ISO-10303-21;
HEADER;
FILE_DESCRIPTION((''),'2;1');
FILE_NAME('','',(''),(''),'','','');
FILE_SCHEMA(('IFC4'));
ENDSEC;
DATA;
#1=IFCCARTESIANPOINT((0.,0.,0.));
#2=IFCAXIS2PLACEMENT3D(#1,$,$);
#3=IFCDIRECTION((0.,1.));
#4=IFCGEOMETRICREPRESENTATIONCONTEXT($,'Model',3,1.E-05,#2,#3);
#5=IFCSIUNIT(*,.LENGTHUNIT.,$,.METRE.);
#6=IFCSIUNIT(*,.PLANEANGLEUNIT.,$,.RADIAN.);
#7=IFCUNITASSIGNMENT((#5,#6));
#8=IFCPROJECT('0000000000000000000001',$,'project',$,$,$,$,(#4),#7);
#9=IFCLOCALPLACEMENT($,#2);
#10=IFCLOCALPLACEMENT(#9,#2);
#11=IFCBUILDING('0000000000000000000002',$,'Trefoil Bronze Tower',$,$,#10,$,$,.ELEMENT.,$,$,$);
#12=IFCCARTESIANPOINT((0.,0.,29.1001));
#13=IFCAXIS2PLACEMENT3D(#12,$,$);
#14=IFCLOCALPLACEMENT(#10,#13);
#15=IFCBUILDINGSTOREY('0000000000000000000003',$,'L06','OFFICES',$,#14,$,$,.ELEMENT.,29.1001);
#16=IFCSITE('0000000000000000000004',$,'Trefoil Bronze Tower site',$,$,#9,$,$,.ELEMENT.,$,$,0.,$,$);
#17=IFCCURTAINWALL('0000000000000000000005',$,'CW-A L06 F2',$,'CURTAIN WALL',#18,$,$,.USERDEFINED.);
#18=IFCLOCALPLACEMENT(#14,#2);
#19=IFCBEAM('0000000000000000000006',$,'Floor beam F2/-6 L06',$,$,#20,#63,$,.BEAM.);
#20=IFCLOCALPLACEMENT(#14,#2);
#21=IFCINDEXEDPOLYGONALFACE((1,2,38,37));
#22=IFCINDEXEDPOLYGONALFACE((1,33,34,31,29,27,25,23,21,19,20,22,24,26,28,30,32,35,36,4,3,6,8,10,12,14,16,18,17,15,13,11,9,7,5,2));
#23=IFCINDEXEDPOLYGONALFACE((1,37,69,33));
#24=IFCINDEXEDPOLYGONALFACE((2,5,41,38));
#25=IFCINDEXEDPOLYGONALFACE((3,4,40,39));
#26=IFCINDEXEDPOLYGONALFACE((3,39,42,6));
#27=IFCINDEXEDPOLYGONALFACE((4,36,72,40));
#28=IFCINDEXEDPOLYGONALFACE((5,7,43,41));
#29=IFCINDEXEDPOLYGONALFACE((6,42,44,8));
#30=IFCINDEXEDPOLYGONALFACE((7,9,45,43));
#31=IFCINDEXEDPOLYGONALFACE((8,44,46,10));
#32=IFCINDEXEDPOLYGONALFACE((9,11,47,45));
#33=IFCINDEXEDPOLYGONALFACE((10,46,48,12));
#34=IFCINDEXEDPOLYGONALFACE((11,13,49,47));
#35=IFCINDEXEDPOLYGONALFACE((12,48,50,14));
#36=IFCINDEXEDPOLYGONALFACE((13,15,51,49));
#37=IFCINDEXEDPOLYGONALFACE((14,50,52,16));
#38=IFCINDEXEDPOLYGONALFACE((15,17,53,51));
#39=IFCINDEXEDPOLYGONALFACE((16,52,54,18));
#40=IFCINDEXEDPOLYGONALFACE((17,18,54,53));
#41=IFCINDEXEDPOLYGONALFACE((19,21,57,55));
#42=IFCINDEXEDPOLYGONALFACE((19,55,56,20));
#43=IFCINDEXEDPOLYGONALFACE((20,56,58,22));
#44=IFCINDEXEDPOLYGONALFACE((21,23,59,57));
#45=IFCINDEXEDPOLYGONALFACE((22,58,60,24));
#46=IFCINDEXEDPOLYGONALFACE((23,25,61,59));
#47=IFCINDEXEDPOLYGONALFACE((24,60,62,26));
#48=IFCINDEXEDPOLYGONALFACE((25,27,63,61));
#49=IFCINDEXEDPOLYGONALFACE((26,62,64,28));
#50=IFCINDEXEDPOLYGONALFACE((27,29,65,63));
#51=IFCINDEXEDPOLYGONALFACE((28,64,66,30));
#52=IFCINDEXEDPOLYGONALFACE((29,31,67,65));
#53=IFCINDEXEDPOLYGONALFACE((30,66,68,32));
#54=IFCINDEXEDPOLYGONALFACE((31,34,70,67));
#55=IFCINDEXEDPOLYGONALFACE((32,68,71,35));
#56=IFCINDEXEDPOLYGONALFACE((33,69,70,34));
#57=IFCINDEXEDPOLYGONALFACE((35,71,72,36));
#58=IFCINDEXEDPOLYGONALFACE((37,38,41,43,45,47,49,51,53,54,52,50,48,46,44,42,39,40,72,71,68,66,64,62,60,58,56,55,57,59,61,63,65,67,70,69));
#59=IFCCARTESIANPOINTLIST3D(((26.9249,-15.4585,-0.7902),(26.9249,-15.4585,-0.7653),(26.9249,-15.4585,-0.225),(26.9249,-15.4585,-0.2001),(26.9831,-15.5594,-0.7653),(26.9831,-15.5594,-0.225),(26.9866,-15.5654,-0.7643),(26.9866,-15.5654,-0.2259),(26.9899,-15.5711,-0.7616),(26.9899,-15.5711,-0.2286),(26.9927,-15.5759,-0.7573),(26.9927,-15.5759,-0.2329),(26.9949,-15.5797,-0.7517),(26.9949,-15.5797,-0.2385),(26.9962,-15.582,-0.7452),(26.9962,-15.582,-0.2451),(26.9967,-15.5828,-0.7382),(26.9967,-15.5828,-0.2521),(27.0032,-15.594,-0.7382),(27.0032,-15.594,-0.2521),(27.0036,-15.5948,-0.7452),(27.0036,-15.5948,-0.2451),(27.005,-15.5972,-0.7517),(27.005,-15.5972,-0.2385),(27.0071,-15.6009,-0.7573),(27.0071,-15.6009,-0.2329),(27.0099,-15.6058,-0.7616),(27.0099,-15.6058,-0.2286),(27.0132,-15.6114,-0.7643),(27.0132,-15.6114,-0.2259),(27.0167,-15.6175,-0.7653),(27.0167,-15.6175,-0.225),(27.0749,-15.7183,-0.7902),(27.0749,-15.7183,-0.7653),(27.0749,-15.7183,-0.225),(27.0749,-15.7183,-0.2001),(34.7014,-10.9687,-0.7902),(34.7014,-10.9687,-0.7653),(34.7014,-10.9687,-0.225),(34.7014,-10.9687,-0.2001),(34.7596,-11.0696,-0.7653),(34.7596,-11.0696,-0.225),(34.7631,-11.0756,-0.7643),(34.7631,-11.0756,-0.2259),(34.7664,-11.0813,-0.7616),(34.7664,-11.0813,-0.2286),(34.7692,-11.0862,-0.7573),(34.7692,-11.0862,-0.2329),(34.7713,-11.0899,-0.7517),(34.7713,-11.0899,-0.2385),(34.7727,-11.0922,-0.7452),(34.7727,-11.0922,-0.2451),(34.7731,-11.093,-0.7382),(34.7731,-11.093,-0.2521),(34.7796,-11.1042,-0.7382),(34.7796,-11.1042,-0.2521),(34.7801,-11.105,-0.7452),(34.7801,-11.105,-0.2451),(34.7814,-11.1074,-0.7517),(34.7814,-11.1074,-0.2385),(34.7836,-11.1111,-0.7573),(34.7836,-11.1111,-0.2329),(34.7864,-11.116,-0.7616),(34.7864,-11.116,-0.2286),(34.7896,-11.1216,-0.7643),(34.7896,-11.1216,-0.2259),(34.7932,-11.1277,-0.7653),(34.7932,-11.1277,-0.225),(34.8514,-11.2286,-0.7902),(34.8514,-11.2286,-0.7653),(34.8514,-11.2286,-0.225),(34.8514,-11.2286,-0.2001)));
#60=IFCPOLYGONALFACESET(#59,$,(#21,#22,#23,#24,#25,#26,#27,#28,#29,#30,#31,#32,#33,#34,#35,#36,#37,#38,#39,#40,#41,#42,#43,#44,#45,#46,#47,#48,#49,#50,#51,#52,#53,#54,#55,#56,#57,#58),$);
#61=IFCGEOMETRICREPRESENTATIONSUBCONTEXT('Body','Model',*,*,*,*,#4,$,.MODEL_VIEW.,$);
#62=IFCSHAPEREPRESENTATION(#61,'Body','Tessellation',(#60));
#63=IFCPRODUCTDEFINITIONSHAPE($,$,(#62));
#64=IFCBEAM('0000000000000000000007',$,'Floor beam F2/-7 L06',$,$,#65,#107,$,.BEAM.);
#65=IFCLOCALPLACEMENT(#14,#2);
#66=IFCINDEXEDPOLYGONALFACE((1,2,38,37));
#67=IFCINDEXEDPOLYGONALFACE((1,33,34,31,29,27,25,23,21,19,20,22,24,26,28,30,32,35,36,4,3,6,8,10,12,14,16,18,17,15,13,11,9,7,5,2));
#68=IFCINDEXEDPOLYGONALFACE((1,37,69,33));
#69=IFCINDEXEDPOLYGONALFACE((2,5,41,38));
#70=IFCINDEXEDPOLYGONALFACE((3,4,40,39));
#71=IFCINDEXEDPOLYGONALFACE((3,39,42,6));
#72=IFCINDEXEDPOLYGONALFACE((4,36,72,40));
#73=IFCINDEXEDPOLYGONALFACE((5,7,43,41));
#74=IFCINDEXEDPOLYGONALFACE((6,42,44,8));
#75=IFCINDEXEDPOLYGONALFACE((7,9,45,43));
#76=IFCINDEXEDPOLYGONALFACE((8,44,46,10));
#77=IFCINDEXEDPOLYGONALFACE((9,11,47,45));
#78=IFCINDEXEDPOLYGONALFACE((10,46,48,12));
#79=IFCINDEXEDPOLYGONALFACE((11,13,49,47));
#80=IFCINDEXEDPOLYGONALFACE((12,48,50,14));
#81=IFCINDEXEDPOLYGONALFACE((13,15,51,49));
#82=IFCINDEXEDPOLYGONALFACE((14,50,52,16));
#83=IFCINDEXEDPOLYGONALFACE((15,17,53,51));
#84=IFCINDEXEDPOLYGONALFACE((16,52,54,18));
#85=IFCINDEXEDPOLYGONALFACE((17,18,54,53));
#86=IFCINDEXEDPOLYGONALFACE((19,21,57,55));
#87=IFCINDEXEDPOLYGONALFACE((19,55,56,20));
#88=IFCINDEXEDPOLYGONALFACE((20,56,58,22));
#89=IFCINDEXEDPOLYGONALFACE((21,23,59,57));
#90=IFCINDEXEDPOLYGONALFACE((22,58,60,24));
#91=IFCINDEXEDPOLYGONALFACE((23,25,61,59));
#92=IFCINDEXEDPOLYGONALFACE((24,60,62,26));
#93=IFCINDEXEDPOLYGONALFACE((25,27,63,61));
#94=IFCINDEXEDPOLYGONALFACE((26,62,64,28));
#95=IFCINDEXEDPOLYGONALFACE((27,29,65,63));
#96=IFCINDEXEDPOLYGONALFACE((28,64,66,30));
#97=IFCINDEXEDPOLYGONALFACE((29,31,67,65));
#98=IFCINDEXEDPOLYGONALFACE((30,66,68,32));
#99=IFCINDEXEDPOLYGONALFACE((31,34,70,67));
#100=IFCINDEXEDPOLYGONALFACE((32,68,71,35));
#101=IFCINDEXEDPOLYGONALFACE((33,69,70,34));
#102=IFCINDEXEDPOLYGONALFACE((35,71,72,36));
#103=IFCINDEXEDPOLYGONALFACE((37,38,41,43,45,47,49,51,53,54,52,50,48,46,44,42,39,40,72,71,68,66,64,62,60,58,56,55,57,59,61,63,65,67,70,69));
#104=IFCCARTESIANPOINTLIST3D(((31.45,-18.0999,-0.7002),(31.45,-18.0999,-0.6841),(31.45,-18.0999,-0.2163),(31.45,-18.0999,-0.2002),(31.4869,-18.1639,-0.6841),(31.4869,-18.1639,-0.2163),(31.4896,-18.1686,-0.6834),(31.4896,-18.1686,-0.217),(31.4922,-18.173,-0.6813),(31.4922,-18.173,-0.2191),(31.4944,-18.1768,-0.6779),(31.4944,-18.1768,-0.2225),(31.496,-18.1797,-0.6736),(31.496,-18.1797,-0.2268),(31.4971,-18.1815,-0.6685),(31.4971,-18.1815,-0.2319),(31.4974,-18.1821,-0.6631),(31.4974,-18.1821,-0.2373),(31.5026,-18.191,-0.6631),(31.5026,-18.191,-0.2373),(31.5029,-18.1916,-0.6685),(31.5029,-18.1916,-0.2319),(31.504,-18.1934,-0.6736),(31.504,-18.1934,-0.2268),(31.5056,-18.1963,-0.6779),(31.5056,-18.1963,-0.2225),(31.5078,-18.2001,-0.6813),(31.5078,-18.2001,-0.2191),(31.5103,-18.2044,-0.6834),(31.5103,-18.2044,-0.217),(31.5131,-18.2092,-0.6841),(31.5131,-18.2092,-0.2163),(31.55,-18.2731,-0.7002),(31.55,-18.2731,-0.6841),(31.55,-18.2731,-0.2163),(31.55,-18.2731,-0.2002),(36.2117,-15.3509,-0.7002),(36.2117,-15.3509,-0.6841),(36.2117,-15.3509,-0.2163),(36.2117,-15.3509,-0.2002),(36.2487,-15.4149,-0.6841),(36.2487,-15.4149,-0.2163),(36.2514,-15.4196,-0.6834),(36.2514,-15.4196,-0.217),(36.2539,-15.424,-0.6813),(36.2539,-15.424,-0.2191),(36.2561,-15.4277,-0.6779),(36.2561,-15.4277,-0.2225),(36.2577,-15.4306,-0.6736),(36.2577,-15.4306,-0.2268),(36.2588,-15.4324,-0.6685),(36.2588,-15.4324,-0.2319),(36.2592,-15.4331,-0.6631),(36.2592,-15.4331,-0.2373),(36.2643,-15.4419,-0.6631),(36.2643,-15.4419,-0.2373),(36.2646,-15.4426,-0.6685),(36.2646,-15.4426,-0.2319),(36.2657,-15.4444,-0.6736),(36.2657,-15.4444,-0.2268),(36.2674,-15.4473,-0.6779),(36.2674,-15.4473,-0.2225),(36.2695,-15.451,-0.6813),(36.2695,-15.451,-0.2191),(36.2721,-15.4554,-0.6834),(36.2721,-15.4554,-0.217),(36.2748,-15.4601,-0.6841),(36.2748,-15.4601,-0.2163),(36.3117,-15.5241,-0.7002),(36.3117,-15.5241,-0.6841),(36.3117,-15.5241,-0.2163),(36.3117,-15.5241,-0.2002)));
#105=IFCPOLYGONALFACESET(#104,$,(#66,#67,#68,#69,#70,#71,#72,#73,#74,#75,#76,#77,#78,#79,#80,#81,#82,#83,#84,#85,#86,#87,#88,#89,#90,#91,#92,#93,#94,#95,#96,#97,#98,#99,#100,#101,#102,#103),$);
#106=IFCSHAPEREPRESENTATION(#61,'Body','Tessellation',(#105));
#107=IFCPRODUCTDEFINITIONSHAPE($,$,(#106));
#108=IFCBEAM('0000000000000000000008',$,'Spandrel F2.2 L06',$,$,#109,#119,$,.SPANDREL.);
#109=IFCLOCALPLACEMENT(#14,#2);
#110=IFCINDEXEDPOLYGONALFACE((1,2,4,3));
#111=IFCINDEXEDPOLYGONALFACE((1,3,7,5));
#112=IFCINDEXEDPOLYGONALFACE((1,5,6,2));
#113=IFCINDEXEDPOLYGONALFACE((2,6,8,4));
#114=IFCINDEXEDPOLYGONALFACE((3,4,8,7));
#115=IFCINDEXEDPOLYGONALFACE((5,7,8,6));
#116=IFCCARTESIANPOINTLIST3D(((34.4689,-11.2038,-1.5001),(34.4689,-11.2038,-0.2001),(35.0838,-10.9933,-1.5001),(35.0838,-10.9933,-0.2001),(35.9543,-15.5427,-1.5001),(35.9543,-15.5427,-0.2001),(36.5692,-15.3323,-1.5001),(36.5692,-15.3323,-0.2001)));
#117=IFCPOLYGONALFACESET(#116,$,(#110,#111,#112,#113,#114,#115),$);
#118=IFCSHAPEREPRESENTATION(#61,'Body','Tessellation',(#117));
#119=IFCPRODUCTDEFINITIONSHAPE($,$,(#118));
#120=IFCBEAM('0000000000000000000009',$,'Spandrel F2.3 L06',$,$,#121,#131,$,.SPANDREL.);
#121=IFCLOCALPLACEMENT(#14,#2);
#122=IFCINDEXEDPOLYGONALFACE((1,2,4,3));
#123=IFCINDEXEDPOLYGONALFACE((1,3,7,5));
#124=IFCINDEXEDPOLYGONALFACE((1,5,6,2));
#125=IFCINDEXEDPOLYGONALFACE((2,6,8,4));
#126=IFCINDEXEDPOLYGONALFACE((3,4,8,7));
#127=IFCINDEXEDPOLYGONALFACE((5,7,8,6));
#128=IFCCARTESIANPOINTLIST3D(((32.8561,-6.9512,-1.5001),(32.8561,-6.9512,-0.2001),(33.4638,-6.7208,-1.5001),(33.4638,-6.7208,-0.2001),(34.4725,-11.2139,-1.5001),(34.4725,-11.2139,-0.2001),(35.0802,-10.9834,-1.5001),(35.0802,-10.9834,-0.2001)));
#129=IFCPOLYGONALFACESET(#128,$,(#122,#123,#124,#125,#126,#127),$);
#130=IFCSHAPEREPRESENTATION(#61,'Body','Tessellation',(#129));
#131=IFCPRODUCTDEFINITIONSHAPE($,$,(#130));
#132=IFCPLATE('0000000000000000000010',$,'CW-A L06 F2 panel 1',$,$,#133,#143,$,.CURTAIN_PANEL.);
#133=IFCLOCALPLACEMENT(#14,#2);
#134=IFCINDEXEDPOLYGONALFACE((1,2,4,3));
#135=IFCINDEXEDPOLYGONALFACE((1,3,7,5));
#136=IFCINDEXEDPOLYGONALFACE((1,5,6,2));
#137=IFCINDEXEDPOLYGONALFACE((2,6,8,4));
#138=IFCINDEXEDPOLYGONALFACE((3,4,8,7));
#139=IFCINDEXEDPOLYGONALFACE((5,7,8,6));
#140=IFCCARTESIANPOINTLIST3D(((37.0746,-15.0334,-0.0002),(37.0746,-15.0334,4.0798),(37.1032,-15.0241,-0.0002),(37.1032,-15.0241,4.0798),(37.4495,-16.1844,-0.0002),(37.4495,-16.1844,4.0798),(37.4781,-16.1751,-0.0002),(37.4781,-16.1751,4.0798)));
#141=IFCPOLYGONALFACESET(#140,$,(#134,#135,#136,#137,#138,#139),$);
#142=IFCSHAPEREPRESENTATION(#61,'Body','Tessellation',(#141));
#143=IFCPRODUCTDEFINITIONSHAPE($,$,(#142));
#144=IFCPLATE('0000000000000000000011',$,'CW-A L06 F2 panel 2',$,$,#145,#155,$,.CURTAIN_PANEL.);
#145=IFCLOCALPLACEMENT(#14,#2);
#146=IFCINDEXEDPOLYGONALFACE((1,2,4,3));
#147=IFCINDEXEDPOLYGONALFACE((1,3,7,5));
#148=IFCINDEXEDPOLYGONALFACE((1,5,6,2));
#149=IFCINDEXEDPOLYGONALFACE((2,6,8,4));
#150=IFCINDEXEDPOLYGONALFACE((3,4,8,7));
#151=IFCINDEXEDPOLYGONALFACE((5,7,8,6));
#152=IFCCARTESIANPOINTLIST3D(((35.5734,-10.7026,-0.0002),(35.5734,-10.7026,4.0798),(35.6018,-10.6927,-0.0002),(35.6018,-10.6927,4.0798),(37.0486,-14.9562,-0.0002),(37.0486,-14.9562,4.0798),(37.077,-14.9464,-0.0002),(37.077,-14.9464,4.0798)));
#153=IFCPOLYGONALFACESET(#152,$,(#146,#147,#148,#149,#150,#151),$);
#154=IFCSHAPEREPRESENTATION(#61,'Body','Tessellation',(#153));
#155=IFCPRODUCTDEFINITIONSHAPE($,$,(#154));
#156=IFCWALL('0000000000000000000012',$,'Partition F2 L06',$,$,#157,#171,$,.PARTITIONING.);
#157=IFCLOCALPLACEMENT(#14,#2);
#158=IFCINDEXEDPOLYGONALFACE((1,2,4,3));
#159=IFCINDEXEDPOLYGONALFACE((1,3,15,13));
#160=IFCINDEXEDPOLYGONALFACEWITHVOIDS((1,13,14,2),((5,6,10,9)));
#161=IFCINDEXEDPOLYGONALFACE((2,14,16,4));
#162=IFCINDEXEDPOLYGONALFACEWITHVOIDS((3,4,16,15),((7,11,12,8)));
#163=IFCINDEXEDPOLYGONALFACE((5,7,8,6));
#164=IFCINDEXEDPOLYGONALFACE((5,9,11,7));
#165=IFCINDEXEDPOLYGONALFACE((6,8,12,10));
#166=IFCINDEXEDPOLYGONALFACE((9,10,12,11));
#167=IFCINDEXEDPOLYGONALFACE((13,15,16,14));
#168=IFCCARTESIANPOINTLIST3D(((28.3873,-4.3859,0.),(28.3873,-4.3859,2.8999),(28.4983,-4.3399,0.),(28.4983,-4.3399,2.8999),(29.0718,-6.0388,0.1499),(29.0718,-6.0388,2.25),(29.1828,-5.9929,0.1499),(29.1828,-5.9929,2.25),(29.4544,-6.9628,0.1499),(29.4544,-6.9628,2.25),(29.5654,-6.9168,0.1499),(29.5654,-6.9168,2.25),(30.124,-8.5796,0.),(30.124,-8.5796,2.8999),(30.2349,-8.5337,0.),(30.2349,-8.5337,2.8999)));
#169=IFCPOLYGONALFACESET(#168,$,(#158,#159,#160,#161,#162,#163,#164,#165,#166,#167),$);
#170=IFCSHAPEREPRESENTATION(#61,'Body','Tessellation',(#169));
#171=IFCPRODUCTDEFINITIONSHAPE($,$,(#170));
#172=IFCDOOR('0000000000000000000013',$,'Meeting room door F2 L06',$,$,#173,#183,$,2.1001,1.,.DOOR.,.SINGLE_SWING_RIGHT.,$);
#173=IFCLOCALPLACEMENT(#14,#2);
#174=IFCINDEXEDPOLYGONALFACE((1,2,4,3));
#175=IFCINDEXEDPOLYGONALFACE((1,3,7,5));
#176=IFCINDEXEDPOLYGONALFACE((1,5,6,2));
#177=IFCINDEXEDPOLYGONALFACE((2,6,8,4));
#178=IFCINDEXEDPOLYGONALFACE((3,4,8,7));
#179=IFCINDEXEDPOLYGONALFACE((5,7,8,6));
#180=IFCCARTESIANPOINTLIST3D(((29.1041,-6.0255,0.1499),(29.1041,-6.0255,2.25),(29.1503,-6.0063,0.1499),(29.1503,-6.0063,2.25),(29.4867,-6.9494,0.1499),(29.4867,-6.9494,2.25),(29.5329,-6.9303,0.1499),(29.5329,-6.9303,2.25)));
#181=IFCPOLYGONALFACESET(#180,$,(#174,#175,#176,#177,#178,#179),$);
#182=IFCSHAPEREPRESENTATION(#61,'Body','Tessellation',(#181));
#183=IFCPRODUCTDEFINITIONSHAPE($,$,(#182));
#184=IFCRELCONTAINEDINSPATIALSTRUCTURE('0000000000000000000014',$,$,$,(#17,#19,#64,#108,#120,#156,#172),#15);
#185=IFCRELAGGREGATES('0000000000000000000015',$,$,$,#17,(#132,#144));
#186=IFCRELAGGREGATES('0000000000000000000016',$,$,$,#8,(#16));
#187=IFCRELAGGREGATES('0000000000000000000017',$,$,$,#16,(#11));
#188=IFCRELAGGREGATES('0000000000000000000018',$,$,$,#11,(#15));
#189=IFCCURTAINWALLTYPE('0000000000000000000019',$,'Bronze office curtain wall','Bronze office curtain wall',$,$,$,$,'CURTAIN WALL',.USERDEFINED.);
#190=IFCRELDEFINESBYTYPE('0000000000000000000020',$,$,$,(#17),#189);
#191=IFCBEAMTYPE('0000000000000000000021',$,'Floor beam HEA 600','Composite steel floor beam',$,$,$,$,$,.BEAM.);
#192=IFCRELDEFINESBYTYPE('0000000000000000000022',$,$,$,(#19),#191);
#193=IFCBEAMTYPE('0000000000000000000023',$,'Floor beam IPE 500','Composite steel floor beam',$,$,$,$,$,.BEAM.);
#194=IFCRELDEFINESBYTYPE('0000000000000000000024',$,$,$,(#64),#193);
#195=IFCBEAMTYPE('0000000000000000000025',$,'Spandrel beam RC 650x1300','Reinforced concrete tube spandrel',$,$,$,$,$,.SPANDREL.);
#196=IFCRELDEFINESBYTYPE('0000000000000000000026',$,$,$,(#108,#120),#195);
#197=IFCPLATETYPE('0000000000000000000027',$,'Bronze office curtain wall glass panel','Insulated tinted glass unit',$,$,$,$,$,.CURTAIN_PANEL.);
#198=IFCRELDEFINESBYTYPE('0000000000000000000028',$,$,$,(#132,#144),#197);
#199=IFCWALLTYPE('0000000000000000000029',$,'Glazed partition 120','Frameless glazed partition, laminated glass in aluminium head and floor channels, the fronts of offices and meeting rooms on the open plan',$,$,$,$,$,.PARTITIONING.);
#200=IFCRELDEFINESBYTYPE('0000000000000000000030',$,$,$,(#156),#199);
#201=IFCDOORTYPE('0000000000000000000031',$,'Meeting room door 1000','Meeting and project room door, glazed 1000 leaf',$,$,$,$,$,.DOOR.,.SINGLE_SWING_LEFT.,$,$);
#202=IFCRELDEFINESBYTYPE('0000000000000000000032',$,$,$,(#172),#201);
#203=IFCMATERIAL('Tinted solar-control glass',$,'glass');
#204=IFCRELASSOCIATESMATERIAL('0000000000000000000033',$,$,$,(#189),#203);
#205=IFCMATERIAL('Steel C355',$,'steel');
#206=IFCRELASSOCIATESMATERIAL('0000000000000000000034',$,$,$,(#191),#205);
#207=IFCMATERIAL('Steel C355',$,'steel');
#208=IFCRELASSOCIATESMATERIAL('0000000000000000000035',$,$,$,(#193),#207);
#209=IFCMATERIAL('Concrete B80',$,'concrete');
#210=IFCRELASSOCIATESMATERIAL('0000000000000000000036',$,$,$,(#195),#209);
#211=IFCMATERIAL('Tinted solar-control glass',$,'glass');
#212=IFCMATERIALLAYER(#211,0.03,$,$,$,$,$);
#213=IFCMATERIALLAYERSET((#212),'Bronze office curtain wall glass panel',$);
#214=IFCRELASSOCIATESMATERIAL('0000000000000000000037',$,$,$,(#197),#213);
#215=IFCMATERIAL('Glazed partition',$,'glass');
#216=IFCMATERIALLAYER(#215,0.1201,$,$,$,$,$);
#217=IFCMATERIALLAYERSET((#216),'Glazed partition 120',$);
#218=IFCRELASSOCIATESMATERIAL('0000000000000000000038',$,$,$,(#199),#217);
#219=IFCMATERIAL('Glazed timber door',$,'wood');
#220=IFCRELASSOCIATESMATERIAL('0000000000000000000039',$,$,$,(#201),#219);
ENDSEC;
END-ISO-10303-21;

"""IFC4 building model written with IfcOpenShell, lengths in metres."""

from ifc_helpers import new_model, si_unit, direction, frame, frame_2d, origin, origin_2d, place, context, subcontext, project, spatial, rectangle, i_section, extrude, material, layer, layer_set, material_profile, profile_set, type_object, element, fill, aggregate, save


model = new_model("IFC4")

# Units and contexts
model_context = context("Model", 3, precision=1e-05, world=origin(), true_north=direction((0.0, 1.0)))
body_context = subcontext(model_context, "Body", "Model", "MODEL_VIEW")
ifc_project = project(units=[si_unit("LENGTHUNIT", "METRE"), si_unit("PLANEANGLEUNIT", "RADIAN")], contexts=[model_context])

# Site, building, storey
site_placement = place(None, origin())
site = spatial("IfcSite", under=ifc_project, at=site_placement, Name="Trefoil Bronze Tower site", CompositionType="ELEMENT", RefElevation=0.0)
building_placement = place(site_placement, origin())
building = spatial("IfcBuilding", under=site, at=building_placement, Name="Trefoil Bronze Tower", CompositionType="ELEMENT")
storey_placement = place(building_placement, frame((0.0, 0.0, 29.1001)))
storey = spatial("IfcBuildingStorey", under=building, at=storey_placement, Name="L06", Description="OFFICES", CompositionType="ELEMENT", Elevation=29.1001)

# Curtain wall
ifc_material_1 = material(Name="Tinted solar-control glass", Category="glass")
curtain_wall_type_1 = type_object("IfcCurtainWallType", Name="Bronze office curtain wall", Description="Bronze office curtain wall", ElementType="CURTAIN WALL", PredefinedType="USERDEFINED", material=ifc_material_1)
curtain_wall_1_placement = place(storey_placement, origin())
curtain_wall_1 = element("IfcCurtainWall", 1, at=curtain_wall_1_placement, inside=storey, type_object=curtain_wall_type_1, Name="CW-A L06 F2", ObjectType="CURTAIN WALL", PredefinedType="USERDEFINED")

# Beams
ifc_material_2 = material(Name="Steel C355", Category="steel")
ifc_material_profile_1 = material_profile(ifc_material_2, i_section(OverallWidth=0.3, OverallDepth=0.5901, WebThickness=0.0129, FlangeThickness=0.0249, FilletRadius=0.0271, at=origin_2d()), Name="HEA 600")
ifc_profile_set_1 = profile_set([ifc_material_profile_1], Name="Steel C355")
beam_type_1 = type_object("IfcBeamType", Name="Floor beam HEA 600", Description="Composite steel floor beam", PredefinedType="BEAM", material=ifc_profile_set_1)
beam_1_placement = place(storey_placement, frame((34.7764, -11.0986, -0.4951), z_axis=(-0.866023, -0.500005, 0.0), x_axis=(0.500005, -0.866023, 0.0)))
element("IfcBeam", 2, at=beam_1_placement, inside=storey, type_object=beam_type_1, Name="Floor beam F2/-6 L06", PredefinedType="BEAM", context=body_context, shape_type="SweptSolid", body=[
    extrude(i_section(OverallWidth=0.3, OverallDepth=0.5901, WebThickness=0.0129, FlangeThickness=0.0249, FilletRadius=0.0271, at=origin_2d()), origin(), (0.0, 0.0, 1.0), 8.9795),
])
ifc_material_3 = material(Name="Steel C355", Category="steel")
ifc_material_profile_2 = material_profile(ifc_material_3, i_section(OverallWidth=0.2, OverallDepth=0.5, WebThickness=0.0103, FlangeThickness=0.0161, FilletRadius=0.021, at=origin_2d()), Name="IPE 500")
ifc_profile_set_2 = profile_set([ifc_material_profile_2], Name="Steel C355")
beam_type_2 = type_object("IfcBeamType", Name="Floor beam IPE 500", Description="Composite steel floor beam", PredefinedType="BEAM", material=ifc_profile_set_2)
beam_2_placement = place(storey_placement, frame((36.2617, -15.4375, -0.4502), z_axis=(-0.866038, -0.499979, 0.0), x_axis=(0.499979, -0.866038, 0.0)))
element("IfcBeam", 3, at=beam_2_placement, inside=storey, type_object=beam_type_2, Name="Floor beam F2/-7 L06", PredefinedType="BEAM", context=body_context, shape_type="SweptSolid", body=[
    extrude(i_section(OverallWidth=0.2, OverallDepth=0.5, WebThickness=0.0103, FlangeThickness=0.0161, FilletRadius=0.021, at=origin_2d()), origin(), (0.0, 0.0, 1.0), 5.4983),
])
ifc_material_4 = material(Name="Concrete B80", Category="concrete")
ifc_material_profile_3 = material_profile(ifc_material_4, rectangle(XDim=0.6499, YDim=1.3, at=origin_2d()), Name="RC 650x1300")
ifc_profile_set_3 = profile_set([ifc_material_profile_3], Name="Concrete B80")
beam_type_3 = type_object("IfcBeamType", Name="Spandrel beam RC 650x1300", Description="Reinforced concrete tube spandrel", PredefinedType="SPANDREL", material=ifc_profile_set_3)
beam_3_placement = place(storey_placement, frame((36.2617, -15.4375, -0.8501), z_axis=(-0.323883, 0.946097, 0.0), x_axis=(-0.946097, -0.323883, 0.0)))
element("IfcBeam", 4, at=beam_3_placement, inside=storey, type_object=beam_type_3, Name="Spandrel F2.2 L06", PredefinedType="SPANDREL", context=body_context, shape_type="SweptSolid", body=[
    extrude(rectangle(XDim=0.6499, YDim=1.3, at=origin_2d()), origin(), (0.0, 0.0, 1.0), 4.5862),
])
beam_4_placement = place(storey_placement, frame((34.7764, -11.0986, -0.8501), z_axis=(-0.354572, 0.935029, 0.0), x_axis=(-0.935029, -0.354572, 0.0)))
element("IfcBeam", 5, at=beam_4_placement, inside=storey, type_object=beam_type_3, Name="Spandrel F2.3 L06", PredefinedType="SPANDREL", context=body_context, shape_type="SweptSolid", body=[
    extrude(rectangle(XDim=0.6499, YDim=1.3, at=origin_2d()), origin(), (0.0, 0.0, 1.0), 4.5588),
])

# Plates
ifc_material_5 = material(Name="Tinted solar-control glass", Category="glass")
ifc_layer_1 = layer(ifc_material_5, 0.03)
ifc_layer_set_1 = layer_set([ifc_layer_1], Name="Bronze office curtain wall glass panel")
plate_type = type_object("IfcPlateType", Name="Bronze office curtain wall glass panel", Description="Insulated tinted glass unit", PredefinedType="CURTAIN_PANEL", material=ifc_layer_set_1)
plate_1_placement = place(storey_placement, frame((37.2764, -15.6042, -0.0002), z_axis=(0.0, 0.0, 1.0), x_axis=(-0.309728, 0.950825, 0.0)))
plate_1 = element("IfcPlate", 6, at=plate_1_placement, type_object=plate_type, Name="CW-A L06 F2 panel 1", PredefinedType="CURTAIN_PANEL", context=body_context, shape_type="SweptSolid", body=[
    extrude(rectangle(XDim=1.2104, YDim=0.03, at=origin_2d()), origin(), (0.0, 0.0, 1.0), 4.0801),
])
plate_2_placement = place(storey_placement, frame((36.3252, -12.8245, -0.0002), z_axis=(0.0, 0.0, 1.0), x_axis=(-0.327674, 0.944791, 0.0)))
plate_2 = element("IfcPlate", 7, at=plate_2_placement, type_object=plate_type, Name="CW-A L06 F2 panel 2", PredefinedType="CURTAIN_PANEL", context=body_context, shape_type="SweptSolid", body=[
    extrude(rectangle(XDim=4.5022, YDim=0.03, at=origin_2d()), origin(), (0.0, 0.0, 1.0), 4.0801),
])
aggregate(curtain_wall_1, [plate_1, plate_2])

# Wall, opening, door
ifc_material_6 = material(Name="Glazed partition", Category="glass")
ifc_layer_2 = layer(ifc_material_6, 0.1201)
ifc_layer_set_2 = layer_set([ifc_layer_2], Name="Glazed partition 120")
wall_type = type_object("IfcWallType", Name="Glazed partition 120", Description="Frameless glazed partition, laminated glass in aluminium head and floor channels, the fronts of offices and meeting rooms on the open plan", PredefinedType="PARTITIONING", material=ifc_layer_set_2)
wall_1_placement = place(storey_placement, frame((30.1794, -8.5566, 0.0), z_axis=(0.0, 0.0, 1.0), x_axis=(-0.382594, 0.923917, 0.0)))
wall_1 = element("IfcWall", 8, at=wall_1_placement, inside=storey, type_object=wall_type, Name="Partition F2 L06", PredefinedType="PARTITIONING", context=body_context, shape_type="SweptSolid", body=[
    extrude(rectangle(XDim=4.5391, YDim=0.1201, at=frame_2d((2.2695, 0.0))), origin(), (0.0, 0.0, 1.0), 2.8999),
])
opening_placement = place(wall_1_placement, frame((1.75, 0.0, 0.1499)))
opening = element("IfcOpeningElement", 9, at=opening_placement, cuts=wall_1, PredefinedType="OPENING", context=body_context, shape_type="SweptSolid", body=[
    extrude(rectangle(XDim=1.0, YDim=2.1001, at=frame_2d((0.5, 1.05))), frame((0.0, 0.0701, 0.0), z_axis=(0.0, -1.0, 0.0), x_axis=(1.0, 0.0, 0.0)), (0.0, 0.0, 1.0), 0.1401),
])
ifc_material_7 = material(Name="Glazed timber door", Category="wood")
door_type = type_object("IfcDoorType", Name="Meeting room door 1000", Description="Meeting and project room door, glazed 1000 leaf", OperationType="SINGLE_SWING_LEFT", PredefinedType="DOOR", material=ifc_material_7)
door_placement = place(opening_placement, frame((1.0, 0.0, 0.0), z_axis=(0.0, 0.0, 1.0), x_axis=(-1.0, 0.0, 0.0)))
door = element("IfcDoor", 10, at=door_placement, inside=storey, type_object=door_type, Name="Meeting room door F2 L06", OperationType="SINGLE_SWING_RIGHT", OverallHeight=2.1001, OverallWidth=1.0, PredefinedType="DOOR", context=body_context, shape_type="SweptSolid", body=[
    extrude(rectangle(XDim=1.0, YDim=2.1001, at=frame_2d((0.5, 1.05))), frame((0.0, 0.0249, 0.0), z_axis=(0.0, -1.0, 0.0), x_axis=(1.0, 0.0, 0.0)), (0.0, 0.0, 1.0), 0.05),
])
fill(opening, door)

save(model, "model.ifc")
